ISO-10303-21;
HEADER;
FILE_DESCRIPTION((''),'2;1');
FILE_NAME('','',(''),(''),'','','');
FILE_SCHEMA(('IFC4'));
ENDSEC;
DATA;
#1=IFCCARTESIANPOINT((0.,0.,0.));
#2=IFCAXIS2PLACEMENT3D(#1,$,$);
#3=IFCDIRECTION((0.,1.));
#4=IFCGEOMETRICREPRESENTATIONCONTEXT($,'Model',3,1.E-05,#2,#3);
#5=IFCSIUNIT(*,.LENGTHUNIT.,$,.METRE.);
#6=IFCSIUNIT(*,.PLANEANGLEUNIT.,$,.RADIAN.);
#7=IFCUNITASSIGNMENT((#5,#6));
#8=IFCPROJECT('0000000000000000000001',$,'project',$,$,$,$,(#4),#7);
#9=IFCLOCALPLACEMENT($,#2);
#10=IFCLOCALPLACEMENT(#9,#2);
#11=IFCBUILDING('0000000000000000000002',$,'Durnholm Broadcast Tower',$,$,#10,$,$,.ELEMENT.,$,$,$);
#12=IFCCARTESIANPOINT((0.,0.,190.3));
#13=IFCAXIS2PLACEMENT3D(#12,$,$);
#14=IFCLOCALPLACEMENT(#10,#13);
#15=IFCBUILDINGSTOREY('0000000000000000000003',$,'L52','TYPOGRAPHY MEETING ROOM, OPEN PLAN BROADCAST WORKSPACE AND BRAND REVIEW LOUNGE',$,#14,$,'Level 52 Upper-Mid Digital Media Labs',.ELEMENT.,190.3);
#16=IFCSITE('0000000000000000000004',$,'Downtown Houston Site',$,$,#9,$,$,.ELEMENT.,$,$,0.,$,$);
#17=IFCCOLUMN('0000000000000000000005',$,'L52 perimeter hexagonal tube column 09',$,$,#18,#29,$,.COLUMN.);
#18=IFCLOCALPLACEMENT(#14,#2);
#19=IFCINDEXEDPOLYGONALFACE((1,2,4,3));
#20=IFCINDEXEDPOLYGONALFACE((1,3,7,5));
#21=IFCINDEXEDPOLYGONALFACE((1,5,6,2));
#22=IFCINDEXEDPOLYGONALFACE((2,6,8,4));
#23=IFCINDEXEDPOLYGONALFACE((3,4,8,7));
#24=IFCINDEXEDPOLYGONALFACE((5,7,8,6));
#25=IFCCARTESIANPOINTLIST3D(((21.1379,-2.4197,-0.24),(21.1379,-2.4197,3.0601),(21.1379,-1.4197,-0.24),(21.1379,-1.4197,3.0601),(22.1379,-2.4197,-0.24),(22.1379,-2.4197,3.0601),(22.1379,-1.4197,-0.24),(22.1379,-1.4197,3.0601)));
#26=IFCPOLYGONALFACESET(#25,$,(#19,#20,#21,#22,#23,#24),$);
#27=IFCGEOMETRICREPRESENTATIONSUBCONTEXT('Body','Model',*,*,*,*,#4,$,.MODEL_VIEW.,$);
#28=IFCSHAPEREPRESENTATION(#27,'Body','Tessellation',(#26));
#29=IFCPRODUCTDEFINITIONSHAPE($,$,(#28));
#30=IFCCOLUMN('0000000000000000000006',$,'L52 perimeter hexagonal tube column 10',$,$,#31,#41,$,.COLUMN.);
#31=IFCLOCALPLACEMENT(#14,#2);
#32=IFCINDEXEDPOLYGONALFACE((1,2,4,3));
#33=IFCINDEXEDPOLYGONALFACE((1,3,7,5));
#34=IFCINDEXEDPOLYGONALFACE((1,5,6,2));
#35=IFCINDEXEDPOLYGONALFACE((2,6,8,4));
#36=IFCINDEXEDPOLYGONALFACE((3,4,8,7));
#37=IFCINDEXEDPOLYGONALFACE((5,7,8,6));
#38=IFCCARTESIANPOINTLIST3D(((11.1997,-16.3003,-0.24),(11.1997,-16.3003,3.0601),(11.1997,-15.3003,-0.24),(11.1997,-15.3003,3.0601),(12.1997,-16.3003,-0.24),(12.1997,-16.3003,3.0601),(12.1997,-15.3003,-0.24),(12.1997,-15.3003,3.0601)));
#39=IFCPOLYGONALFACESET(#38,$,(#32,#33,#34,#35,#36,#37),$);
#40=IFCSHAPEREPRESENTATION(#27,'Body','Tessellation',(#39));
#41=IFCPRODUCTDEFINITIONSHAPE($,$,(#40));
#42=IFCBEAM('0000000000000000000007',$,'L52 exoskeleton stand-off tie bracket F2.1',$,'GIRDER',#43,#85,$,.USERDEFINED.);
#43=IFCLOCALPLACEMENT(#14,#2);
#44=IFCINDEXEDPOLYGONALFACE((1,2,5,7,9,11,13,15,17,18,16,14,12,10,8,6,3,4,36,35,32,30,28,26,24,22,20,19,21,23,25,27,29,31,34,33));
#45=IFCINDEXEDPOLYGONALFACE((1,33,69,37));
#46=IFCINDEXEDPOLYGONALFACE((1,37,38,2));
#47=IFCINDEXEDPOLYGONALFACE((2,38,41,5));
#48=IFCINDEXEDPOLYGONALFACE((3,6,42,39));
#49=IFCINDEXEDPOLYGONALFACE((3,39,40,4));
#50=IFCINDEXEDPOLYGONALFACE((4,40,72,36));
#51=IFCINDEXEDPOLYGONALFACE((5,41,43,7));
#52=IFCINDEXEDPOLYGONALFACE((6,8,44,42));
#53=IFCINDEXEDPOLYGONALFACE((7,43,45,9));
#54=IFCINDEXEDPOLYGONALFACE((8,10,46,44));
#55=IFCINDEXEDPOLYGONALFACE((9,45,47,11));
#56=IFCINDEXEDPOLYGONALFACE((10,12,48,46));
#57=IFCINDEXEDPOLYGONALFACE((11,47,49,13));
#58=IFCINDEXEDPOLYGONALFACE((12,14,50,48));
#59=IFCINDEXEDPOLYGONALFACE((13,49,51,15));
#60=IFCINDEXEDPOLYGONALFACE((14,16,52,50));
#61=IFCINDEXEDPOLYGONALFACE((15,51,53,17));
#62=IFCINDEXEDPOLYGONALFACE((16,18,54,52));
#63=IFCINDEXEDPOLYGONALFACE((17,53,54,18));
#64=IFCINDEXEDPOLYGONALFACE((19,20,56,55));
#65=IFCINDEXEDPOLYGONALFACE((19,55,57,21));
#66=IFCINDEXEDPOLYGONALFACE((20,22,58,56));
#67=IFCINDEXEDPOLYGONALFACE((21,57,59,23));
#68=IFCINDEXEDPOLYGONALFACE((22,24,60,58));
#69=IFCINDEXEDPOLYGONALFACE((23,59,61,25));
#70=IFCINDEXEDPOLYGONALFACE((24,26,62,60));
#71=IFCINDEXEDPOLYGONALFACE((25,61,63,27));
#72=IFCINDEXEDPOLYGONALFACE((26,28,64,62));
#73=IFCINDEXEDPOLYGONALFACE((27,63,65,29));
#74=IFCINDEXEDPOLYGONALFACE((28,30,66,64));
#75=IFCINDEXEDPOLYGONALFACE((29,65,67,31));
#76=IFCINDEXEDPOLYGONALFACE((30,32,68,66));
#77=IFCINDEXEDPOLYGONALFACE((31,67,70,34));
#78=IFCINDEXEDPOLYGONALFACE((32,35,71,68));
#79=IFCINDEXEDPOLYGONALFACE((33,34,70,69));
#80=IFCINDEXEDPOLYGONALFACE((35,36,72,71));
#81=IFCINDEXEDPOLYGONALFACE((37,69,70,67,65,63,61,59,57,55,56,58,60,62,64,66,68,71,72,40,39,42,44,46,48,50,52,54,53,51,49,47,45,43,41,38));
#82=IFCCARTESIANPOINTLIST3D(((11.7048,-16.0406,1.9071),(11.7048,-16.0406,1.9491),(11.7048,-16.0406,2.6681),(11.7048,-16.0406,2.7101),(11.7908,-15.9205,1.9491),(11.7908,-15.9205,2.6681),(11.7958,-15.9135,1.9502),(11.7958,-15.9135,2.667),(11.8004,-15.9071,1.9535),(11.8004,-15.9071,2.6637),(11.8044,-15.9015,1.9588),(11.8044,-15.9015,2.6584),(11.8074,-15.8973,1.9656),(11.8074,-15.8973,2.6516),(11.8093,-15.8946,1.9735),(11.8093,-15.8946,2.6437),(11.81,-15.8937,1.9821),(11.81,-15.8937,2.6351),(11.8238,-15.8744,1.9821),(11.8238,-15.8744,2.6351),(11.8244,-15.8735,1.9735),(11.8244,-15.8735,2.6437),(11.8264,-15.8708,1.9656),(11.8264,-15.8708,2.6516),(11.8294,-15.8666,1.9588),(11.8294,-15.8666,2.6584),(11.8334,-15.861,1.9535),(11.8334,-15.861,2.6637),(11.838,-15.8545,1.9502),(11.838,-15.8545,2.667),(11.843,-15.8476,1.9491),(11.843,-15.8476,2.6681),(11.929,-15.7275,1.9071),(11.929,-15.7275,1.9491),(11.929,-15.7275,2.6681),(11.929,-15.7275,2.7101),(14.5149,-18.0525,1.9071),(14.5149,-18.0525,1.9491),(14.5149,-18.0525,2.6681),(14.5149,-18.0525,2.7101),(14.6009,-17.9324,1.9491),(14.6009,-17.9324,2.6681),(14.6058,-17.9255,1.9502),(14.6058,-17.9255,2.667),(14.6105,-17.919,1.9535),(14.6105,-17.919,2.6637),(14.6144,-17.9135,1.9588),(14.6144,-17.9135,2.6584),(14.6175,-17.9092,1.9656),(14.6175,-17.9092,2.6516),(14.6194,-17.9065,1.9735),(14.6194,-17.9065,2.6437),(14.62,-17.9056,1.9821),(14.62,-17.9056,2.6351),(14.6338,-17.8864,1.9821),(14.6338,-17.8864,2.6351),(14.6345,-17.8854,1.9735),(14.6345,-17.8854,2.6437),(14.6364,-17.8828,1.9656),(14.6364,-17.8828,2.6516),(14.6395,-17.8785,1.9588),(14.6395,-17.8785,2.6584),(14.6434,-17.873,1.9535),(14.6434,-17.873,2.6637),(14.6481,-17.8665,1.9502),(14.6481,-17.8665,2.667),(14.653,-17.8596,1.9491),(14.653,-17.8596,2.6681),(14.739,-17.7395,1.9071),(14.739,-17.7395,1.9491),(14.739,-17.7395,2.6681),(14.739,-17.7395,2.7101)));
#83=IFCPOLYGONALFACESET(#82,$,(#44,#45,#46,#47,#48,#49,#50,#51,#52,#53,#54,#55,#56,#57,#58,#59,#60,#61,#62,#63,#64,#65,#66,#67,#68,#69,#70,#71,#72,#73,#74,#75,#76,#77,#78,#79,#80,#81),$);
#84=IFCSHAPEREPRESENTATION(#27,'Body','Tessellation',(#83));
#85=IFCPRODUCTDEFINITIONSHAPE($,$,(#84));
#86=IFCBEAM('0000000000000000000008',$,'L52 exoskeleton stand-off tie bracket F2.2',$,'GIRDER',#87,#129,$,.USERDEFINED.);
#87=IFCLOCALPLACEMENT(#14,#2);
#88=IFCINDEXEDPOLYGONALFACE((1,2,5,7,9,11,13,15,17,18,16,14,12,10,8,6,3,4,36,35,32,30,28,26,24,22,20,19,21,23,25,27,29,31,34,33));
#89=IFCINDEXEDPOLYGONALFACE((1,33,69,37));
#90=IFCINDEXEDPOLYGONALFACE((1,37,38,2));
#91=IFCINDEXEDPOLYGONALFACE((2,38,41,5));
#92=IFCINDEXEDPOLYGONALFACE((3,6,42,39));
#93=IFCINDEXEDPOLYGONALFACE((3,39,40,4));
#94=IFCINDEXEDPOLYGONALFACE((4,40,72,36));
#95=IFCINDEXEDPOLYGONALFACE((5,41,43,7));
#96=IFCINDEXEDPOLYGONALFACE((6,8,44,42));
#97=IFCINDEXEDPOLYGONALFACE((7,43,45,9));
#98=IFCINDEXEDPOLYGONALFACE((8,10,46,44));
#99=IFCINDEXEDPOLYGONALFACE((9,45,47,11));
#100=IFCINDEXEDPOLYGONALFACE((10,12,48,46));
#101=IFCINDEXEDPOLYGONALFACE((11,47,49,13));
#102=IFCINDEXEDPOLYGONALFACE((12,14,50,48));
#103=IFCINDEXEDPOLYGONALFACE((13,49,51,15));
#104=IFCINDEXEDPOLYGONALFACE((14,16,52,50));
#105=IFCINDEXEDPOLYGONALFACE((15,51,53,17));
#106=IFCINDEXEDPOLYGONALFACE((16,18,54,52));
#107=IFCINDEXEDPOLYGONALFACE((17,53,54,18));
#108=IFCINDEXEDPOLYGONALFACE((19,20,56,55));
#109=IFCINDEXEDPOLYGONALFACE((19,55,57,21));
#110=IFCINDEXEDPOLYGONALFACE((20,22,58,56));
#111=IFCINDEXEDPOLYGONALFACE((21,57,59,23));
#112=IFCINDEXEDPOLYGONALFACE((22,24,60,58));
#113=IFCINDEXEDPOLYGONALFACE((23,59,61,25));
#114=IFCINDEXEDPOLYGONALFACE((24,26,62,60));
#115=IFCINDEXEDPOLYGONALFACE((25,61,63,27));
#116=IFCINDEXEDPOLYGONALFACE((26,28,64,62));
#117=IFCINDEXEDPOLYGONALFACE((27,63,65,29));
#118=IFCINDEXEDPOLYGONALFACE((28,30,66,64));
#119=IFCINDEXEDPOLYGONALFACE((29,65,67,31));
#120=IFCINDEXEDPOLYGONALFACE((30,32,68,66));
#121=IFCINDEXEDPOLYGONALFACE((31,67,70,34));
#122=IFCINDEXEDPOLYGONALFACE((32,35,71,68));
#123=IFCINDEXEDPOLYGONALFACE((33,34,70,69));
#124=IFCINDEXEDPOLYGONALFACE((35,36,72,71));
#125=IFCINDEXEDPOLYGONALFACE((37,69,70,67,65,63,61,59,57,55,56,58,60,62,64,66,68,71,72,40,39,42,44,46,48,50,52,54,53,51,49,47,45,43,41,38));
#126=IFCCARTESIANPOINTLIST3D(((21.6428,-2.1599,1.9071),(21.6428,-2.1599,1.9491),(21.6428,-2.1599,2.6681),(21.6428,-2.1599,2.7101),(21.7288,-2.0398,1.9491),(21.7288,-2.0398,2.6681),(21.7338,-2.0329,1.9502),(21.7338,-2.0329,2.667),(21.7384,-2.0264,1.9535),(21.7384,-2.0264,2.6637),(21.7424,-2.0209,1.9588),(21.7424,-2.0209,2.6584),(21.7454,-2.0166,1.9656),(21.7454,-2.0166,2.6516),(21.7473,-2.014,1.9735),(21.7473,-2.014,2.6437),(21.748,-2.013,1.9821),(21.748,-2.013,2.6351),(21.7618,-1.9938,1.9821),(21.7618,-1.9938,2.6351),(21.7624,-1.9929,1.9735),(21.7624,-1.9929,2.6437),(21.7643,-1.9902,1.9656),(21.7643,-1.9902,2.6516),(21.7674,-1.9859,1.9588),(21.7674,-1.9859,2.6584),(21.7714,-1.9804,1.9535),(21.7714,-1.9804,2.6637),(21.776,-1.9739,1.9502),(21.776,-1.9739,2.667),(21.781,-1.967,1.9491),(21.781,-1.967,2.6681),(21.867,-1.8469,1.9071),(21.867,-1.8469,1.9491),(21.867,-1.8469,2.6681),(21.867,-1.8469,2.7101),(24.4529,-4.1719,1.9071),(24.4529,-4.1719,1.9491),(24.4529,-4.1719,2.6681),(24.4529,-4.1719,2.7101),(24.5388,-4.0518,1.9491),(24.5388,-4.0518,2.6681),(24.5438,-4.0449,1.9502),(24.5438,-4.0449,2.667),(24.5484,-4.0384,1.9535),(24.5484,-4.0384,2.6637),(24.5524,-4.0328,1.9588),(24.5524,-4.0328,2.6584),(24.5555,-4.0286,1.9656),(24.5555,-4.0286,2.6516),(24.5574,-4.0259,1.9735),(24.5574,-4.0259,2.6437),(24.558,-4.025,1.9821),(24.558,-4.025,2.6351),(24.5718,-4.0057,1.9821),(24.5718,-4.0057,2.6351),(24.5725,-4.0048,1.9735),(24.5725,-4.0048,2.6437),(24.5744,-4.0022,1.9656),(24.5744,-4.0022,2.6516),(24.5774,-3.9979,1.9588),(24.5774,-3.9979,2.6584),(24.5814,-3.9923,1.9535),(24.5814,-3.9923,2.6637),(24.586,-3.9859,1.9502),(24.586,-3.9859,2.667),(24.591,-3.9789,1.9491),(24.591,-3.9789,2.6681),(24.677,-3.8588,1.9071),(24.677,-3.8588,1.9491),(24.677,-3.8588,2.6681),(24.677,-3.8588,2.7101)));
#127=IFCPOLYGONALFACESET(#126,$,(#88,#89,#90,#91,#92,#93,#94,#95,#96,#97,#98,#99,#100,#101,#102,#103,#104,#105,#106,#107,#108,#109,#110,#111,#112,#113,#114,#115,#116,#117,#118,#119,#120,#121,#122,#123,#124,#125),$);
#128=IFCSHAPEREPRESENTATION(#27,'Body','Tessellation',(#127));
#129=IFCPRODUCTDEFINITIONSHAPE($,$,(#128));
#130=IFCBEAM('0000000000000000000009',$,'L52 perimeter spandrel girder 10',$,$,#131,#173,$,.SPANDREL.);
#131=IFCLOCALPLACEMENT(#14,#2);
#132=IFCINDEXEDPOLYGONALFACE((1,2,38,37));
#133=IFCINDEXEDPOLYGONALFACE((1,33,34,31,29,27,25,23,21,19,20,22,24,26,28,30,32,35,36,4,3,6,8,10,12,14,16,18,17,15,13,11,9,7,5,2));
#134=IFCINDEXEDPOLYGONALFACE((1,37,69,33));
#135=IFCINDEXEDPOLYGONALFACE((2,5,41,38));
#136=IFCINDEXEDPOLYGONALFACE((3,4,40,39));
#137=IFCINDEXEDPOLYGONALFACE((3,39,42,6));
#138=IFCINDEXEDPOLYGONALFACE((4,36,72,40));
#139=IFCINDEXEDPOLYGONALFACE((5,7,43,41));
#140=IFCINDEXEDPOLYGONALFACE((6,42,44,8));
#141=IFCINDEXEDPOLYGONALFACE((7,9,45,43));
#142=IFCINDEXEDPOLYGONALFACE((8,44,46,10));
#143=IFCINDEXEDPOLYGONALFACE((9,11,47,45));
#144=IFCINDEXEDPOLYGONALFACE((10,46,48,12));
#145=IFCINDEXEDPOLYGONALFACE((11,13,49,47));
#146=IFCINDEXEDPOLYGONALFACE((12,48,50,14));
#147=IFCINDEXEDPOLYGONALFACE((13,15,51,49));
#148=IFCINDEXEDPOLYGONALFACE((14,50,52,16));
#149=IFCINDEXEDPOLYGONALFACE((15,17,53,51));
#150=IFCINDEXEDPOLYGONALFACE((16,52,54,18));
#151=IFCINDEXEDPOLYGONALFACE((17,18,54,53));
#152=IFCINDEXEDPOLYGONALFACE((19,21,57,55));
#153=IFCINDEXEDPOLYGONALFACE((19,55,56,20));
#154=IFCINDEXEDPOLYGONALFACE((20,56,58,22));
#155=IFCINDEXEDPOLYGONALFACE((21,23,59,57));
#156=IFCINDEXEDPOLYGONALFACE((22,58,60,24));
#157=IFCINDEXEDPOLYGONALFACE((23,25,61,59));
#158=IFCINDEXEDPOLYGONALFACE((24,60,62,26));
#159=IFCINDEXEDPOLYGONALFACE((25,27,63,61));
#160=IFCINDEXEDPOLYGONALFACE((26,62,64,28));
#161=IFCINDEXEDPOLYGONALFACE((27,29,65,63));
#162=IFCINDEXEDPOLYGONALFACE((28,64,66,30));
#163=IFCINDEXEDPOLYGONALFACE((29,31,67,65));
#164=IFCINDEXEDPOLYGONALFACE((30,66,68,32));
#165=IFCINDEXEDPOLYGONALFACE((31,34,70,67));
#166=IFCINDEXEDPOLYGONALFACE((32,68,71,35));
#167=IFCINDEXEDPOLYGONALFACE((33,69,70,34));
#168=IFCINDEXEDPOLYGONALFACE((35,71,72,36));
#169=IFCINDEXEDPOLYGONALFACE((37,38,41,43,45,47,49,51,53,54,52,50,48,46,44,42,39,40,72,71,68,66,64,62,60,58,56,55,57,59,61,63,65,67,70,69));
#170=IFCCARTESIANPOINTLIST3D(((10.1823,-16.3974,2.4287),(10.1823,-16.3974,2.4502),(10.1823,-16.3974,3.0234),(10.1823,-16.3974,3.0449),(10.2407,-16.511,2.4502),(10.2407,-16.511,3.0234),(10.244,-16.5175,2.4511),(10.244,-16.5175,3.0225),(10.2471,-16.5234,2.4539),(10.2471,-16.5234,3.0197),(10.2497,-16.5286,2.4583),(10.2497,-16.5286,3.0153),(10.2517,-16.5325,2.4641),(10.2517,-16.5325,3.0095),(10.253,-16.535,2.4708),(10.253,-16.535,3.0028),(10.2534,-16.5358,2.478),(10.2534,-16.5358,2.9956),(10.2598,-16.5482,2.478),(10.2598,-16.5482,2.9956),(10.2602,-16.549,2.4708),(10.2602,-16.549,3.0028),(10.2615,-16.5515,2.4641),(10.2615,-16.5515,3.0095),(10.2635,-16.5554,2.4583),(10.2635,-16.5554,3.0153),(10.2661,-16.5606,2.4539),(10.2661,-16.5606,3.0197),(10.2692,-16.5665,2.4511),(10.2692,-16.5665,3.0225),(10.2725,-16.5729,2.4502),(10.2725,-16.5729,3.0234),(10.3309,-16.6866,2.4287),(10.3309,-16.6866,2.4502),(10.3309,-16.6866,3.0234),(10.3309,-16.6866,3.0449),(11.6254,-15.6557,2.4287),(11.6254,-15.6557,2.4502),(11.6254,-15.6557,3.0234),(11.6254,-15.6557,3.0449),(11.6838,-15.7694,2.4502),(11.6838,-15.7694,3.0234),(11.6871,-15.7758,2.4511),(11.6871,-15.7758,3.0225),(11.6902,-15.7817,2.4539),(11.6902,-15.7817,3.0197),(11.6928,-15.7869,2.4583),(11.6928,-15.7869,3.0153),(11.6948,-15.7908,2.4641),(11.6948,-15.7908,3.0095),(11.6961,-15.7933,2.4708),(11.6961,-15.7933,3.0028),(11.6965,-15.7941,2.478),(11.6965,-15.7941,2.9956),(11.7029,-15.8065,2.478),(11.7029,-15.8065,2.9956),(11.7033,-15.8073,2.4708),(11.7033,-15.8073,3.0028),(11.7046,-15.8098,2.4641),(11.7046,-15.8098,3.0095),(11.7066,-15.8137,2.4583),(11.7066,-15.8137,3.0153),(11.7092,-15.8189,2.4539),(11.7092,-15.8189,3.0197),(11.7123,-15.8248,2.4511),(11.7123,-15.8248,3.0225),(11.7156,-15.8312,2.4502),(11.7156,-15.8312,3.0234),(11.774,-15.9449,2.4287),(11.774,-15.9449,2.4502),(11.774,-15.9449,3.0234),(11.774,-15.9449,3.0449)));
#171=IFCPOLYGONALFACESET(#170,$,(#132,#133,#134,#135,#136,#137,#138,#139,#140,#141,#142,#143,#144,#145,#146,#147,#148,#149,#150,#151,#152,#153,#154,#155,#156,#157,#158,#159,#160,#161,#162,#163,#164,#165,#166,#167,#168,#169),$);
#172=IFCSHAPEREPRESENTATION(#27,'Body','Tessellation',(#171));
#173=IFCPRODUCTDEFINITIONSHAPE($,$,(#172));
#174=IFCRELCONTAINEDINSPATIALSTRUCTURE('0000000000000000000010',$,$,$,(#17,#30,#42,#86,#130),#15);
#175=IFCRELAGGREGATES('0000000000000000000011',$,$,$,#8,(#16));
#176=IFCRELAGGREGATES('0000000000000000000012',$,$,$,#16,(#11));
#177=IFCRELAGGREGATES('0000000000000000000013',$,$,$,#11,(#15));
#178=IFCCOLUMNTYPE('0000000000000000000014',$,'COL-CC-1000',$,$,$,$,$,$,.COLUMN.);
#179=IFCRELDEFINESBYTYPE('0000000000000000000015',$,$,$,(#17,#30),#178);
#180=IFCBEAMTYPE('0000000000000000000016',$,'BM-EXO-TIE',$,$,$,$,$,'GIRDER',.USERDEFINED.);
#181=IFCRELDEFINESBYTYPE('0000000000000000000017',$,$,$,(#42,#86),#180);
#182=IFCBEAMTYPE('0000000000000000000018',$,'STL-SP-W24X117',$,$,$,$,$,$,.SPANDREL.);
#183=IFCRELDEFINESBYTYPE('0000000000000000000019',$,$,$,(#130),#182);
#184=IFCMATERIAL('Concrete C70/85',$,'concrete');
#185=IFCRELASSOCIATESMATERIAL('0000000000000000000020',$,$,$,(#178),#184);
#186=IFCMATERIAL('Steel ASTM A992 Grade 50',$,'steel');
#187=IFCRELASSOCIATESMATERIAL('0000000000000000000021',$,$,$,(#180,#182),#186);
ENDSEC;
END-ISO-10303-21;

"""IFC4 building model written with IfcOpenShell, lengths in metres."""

from ifc_helpers import new_model, si_unit, direction, frame, origin, origin_2d, place, context, subcontext, project, spatial, rectangle, i_section, extrude, source, transform, mapped, material, material_profile, profile_set, type_object, type_shapes, element, save


model = new_model("IFC4")

# Units and contexts
model_context = context("Model", 3, precision=1e-05, world=origin(), true_north=direction((0.0, 1.0)))
body_context = subcontext(model_context, "Body", "Model", "MODEL_VIEW")
ifc_project = project(units=[si_unit("LENGTHUNIT", "METRE"), si_unit("PLANEANGLEUNIT", "RADIAN")], contexts=[model_context])

# Site, building, storey
site_placement = place(None, origin())
site = spatial("IfcSite", under=ifc_project, at=site_placement, Name="Downtown Houston Site", CompositionType="ELEMENT", RefElevation=0.0)
building_placement = place(site_placement, origin())
building = spatial("IfcBuilding", under=site, at=building_placement, Name="Durnholm Broadcast Tower", CompositionType="ELEMENT")
storey_placement = place(building_placement, frame((0.0, 0.0, 190.3)))
storey = spatial("IfcBuildingStorey", under=building, at=storey_placement, Name="L52", Description="TYPOGRAPHY MEETING ROOM, OPEN PLAN BROADCAST WORKSPACE AND BRAND REVIEW LOUNGE", LongName="Level 52 Upper-Mid Digital Media Labs", CompositionType="ELEMENT", Elevation=190.3)

# Columns
ifc_material_1 = material(Name="Concrete C70/85", Category="concrete")
ifc_material_profile_1 = material_profile(ifc_material_1, rectangle(XDim=1.0, YDim=1.0, at=origin_2d()), Name="RC1000X1000")
ifc_profile_set_1 = profile_set([ifc_material_profile_1], Name="Concrete C70/85")
column_type = type_object("IfcColumnType", Name="COL-CC-1000", PredefinedType="COLUMN", material=ifc_profile_set_1)
shared_shape_1 = source(origin(), body_context, "Body", "SweptSolid", [
    extrude(rectangle(XDim=1.0, YDim=1.0, at=origin_2d()), origin(), (0.0, 0.0, 1.0), 3.3),
])
type_shapes(column_type, [shared_shape_1])
for number, where, z_axis, x_axis, name in (
    (1, (21.6379, -1.9197, -0.24), (0.0, 0.0, 1.0), (1.0, 0.0, 0.0), "L52 perimeter hexagonal tube column 09"),
    (2, (11.6997, -15.8003, -0.24), (0.0, 0.0, 1.0), (1.0, 0.0, 0.0), "L52 perimeter hexagonal tube column 10"),
):
    element("IfcColumn", number, at=place(storey_placement, frame(where, z_axis=z_axis, x_axis=x_axis)), inside=storey, type_object=column_type, Name=name, PredefinedType="COLUMN", context=body_context, shape_type="MappedRepresentation", body=[
        mapped(shared_shape_1, transform((0.0, 0.0, 0.0), x_axis=(1.0, 0.0, 0.0), y_axis=(0.0, 1.0, 0.0), z_axis=(0.0, 0.0, 1.0), scale=1.0)),
    ])

# Beams
ifc_material_2 = material(Name="Steel ASTM A992 Grade 50", Category="steel")
ifc_material_profile_2 = material_profile(ifc_material_2, i_section(OverallWidth=0.385, OverallDepth=0.803, WebThickness=0.0237, FlangeThickness=0.042, FilletRadius=0.033, at=origin_2d()), Name="W30X261")
ifc_profile_set_2 = profile_set([ifc_material_profile_2], Name="Steel ASTM A992 Grade 50")
beam_type_1 = type_object("IfcBeamType", Name="BM-EXO-TIE", ElementType="GIRDER", PredefinedType="USERDEFINED", material=ifc_profile_set_2)
shared_shape_2 = source(origin(), body_context, "Body", "SweptSolid", [
    extrude(i_section(OverallWidth=0.385, OverallDepth=0.803, WebThickness=0.0237, FlangeThickness=0.042, FilletRadius=0.033, at=origin_2d()), origin(), (0.0, 0.0, 1.0), 3.4561),
])
for number, where, z_axis, x_axis, name in (
    (3, (11.8169, -15.884, 2.3086), (0.813079, -0.582153, 0.0), (0.582153, 0.813079, 0.0), "L52 exoskeleton stand-off tie bracket F2.1"),
    (4, (21.7549, -2.0034, 2.3086), (0.813079, -0.582153, 0.0), (0.582153, 0.813079, 0.0), "L52 exoskeleton stand-off tie bracket F2.2"),
):
    element("IfcBeam", number, at=place(storey_placement, frame(where, z_axis=z_axis, x_axis=x_axis)), inside=storey, type_object=beam_type_1, Name=name, ObjectType="GIRDER", PredefinedType="USERDEFINED", context=body_context, shape_type="MappedRepresentation", body=[
        mapped(shared_shape_2, transform((0.0, 0.0, 0.0), x_axis=(1.0, 0.0, 0.0), y_axis=(0.0, 1.0, 0.0), z_axis=(0.0, 0.0, 1.0), scale=1.0)),
    ])
ifc_material_profile_3 = material_profile(ifc_material_2, i_section(OverallWidth=0.3252, OverallDepth=0.6162, WebThickness=0.0139, FlangeThickness=0.0215, FilletRadius=0.0278, at=origin_2d()), Name="W24X117")
ifc_profile_set_3 = profile_set([ifc_material_profile_3], Name="Steel ASTM A992 Grade 50")
beam_type_2 = type_object("IfcBeamType", Name="STL-SP-W24X117", PredefinedType="SPANDREL", material=ifc_profile_set_3)
shared_shape_3 = source(origin(), body_context, "Body", "SweptSolid", [
    extrude(i_section(OverallWidth=0.3252, OverallDepth=0.6162, WebThickness=0.0139, FlangeThickness=0.0215, FilletRadius=0.0278, at=origin_2d()), origin(), (0.0, 0.0, 1.0), 1.6226),
])
beam_1_placement = place(storey_placement, frame((11.6997, -15.8003, 2.7368), z_axis=(-0.889407, -0.457117, 0.0), x_axis=(0.457117, -0.889407, 0.0)))
element("IfcBeam", 5, at=beam_1_placement, inside=storey, type_object=beam_type_2, Name="L52 perimeter spandrel girder 10", PredefinedType="SPANDREL", context=body_context, shape_type="MappedRepresentation", body=[
    mapped(shared_shape_3, transform((0.0, 0.0, 0.0), x_axis=(1.0, 0.0, 0.0), y_axis=(0.0, 1.0, 0.0), z_axis=(0.0, 0.0, 1.0), scale=1.0)),
])

save(model, "model.ifc")
